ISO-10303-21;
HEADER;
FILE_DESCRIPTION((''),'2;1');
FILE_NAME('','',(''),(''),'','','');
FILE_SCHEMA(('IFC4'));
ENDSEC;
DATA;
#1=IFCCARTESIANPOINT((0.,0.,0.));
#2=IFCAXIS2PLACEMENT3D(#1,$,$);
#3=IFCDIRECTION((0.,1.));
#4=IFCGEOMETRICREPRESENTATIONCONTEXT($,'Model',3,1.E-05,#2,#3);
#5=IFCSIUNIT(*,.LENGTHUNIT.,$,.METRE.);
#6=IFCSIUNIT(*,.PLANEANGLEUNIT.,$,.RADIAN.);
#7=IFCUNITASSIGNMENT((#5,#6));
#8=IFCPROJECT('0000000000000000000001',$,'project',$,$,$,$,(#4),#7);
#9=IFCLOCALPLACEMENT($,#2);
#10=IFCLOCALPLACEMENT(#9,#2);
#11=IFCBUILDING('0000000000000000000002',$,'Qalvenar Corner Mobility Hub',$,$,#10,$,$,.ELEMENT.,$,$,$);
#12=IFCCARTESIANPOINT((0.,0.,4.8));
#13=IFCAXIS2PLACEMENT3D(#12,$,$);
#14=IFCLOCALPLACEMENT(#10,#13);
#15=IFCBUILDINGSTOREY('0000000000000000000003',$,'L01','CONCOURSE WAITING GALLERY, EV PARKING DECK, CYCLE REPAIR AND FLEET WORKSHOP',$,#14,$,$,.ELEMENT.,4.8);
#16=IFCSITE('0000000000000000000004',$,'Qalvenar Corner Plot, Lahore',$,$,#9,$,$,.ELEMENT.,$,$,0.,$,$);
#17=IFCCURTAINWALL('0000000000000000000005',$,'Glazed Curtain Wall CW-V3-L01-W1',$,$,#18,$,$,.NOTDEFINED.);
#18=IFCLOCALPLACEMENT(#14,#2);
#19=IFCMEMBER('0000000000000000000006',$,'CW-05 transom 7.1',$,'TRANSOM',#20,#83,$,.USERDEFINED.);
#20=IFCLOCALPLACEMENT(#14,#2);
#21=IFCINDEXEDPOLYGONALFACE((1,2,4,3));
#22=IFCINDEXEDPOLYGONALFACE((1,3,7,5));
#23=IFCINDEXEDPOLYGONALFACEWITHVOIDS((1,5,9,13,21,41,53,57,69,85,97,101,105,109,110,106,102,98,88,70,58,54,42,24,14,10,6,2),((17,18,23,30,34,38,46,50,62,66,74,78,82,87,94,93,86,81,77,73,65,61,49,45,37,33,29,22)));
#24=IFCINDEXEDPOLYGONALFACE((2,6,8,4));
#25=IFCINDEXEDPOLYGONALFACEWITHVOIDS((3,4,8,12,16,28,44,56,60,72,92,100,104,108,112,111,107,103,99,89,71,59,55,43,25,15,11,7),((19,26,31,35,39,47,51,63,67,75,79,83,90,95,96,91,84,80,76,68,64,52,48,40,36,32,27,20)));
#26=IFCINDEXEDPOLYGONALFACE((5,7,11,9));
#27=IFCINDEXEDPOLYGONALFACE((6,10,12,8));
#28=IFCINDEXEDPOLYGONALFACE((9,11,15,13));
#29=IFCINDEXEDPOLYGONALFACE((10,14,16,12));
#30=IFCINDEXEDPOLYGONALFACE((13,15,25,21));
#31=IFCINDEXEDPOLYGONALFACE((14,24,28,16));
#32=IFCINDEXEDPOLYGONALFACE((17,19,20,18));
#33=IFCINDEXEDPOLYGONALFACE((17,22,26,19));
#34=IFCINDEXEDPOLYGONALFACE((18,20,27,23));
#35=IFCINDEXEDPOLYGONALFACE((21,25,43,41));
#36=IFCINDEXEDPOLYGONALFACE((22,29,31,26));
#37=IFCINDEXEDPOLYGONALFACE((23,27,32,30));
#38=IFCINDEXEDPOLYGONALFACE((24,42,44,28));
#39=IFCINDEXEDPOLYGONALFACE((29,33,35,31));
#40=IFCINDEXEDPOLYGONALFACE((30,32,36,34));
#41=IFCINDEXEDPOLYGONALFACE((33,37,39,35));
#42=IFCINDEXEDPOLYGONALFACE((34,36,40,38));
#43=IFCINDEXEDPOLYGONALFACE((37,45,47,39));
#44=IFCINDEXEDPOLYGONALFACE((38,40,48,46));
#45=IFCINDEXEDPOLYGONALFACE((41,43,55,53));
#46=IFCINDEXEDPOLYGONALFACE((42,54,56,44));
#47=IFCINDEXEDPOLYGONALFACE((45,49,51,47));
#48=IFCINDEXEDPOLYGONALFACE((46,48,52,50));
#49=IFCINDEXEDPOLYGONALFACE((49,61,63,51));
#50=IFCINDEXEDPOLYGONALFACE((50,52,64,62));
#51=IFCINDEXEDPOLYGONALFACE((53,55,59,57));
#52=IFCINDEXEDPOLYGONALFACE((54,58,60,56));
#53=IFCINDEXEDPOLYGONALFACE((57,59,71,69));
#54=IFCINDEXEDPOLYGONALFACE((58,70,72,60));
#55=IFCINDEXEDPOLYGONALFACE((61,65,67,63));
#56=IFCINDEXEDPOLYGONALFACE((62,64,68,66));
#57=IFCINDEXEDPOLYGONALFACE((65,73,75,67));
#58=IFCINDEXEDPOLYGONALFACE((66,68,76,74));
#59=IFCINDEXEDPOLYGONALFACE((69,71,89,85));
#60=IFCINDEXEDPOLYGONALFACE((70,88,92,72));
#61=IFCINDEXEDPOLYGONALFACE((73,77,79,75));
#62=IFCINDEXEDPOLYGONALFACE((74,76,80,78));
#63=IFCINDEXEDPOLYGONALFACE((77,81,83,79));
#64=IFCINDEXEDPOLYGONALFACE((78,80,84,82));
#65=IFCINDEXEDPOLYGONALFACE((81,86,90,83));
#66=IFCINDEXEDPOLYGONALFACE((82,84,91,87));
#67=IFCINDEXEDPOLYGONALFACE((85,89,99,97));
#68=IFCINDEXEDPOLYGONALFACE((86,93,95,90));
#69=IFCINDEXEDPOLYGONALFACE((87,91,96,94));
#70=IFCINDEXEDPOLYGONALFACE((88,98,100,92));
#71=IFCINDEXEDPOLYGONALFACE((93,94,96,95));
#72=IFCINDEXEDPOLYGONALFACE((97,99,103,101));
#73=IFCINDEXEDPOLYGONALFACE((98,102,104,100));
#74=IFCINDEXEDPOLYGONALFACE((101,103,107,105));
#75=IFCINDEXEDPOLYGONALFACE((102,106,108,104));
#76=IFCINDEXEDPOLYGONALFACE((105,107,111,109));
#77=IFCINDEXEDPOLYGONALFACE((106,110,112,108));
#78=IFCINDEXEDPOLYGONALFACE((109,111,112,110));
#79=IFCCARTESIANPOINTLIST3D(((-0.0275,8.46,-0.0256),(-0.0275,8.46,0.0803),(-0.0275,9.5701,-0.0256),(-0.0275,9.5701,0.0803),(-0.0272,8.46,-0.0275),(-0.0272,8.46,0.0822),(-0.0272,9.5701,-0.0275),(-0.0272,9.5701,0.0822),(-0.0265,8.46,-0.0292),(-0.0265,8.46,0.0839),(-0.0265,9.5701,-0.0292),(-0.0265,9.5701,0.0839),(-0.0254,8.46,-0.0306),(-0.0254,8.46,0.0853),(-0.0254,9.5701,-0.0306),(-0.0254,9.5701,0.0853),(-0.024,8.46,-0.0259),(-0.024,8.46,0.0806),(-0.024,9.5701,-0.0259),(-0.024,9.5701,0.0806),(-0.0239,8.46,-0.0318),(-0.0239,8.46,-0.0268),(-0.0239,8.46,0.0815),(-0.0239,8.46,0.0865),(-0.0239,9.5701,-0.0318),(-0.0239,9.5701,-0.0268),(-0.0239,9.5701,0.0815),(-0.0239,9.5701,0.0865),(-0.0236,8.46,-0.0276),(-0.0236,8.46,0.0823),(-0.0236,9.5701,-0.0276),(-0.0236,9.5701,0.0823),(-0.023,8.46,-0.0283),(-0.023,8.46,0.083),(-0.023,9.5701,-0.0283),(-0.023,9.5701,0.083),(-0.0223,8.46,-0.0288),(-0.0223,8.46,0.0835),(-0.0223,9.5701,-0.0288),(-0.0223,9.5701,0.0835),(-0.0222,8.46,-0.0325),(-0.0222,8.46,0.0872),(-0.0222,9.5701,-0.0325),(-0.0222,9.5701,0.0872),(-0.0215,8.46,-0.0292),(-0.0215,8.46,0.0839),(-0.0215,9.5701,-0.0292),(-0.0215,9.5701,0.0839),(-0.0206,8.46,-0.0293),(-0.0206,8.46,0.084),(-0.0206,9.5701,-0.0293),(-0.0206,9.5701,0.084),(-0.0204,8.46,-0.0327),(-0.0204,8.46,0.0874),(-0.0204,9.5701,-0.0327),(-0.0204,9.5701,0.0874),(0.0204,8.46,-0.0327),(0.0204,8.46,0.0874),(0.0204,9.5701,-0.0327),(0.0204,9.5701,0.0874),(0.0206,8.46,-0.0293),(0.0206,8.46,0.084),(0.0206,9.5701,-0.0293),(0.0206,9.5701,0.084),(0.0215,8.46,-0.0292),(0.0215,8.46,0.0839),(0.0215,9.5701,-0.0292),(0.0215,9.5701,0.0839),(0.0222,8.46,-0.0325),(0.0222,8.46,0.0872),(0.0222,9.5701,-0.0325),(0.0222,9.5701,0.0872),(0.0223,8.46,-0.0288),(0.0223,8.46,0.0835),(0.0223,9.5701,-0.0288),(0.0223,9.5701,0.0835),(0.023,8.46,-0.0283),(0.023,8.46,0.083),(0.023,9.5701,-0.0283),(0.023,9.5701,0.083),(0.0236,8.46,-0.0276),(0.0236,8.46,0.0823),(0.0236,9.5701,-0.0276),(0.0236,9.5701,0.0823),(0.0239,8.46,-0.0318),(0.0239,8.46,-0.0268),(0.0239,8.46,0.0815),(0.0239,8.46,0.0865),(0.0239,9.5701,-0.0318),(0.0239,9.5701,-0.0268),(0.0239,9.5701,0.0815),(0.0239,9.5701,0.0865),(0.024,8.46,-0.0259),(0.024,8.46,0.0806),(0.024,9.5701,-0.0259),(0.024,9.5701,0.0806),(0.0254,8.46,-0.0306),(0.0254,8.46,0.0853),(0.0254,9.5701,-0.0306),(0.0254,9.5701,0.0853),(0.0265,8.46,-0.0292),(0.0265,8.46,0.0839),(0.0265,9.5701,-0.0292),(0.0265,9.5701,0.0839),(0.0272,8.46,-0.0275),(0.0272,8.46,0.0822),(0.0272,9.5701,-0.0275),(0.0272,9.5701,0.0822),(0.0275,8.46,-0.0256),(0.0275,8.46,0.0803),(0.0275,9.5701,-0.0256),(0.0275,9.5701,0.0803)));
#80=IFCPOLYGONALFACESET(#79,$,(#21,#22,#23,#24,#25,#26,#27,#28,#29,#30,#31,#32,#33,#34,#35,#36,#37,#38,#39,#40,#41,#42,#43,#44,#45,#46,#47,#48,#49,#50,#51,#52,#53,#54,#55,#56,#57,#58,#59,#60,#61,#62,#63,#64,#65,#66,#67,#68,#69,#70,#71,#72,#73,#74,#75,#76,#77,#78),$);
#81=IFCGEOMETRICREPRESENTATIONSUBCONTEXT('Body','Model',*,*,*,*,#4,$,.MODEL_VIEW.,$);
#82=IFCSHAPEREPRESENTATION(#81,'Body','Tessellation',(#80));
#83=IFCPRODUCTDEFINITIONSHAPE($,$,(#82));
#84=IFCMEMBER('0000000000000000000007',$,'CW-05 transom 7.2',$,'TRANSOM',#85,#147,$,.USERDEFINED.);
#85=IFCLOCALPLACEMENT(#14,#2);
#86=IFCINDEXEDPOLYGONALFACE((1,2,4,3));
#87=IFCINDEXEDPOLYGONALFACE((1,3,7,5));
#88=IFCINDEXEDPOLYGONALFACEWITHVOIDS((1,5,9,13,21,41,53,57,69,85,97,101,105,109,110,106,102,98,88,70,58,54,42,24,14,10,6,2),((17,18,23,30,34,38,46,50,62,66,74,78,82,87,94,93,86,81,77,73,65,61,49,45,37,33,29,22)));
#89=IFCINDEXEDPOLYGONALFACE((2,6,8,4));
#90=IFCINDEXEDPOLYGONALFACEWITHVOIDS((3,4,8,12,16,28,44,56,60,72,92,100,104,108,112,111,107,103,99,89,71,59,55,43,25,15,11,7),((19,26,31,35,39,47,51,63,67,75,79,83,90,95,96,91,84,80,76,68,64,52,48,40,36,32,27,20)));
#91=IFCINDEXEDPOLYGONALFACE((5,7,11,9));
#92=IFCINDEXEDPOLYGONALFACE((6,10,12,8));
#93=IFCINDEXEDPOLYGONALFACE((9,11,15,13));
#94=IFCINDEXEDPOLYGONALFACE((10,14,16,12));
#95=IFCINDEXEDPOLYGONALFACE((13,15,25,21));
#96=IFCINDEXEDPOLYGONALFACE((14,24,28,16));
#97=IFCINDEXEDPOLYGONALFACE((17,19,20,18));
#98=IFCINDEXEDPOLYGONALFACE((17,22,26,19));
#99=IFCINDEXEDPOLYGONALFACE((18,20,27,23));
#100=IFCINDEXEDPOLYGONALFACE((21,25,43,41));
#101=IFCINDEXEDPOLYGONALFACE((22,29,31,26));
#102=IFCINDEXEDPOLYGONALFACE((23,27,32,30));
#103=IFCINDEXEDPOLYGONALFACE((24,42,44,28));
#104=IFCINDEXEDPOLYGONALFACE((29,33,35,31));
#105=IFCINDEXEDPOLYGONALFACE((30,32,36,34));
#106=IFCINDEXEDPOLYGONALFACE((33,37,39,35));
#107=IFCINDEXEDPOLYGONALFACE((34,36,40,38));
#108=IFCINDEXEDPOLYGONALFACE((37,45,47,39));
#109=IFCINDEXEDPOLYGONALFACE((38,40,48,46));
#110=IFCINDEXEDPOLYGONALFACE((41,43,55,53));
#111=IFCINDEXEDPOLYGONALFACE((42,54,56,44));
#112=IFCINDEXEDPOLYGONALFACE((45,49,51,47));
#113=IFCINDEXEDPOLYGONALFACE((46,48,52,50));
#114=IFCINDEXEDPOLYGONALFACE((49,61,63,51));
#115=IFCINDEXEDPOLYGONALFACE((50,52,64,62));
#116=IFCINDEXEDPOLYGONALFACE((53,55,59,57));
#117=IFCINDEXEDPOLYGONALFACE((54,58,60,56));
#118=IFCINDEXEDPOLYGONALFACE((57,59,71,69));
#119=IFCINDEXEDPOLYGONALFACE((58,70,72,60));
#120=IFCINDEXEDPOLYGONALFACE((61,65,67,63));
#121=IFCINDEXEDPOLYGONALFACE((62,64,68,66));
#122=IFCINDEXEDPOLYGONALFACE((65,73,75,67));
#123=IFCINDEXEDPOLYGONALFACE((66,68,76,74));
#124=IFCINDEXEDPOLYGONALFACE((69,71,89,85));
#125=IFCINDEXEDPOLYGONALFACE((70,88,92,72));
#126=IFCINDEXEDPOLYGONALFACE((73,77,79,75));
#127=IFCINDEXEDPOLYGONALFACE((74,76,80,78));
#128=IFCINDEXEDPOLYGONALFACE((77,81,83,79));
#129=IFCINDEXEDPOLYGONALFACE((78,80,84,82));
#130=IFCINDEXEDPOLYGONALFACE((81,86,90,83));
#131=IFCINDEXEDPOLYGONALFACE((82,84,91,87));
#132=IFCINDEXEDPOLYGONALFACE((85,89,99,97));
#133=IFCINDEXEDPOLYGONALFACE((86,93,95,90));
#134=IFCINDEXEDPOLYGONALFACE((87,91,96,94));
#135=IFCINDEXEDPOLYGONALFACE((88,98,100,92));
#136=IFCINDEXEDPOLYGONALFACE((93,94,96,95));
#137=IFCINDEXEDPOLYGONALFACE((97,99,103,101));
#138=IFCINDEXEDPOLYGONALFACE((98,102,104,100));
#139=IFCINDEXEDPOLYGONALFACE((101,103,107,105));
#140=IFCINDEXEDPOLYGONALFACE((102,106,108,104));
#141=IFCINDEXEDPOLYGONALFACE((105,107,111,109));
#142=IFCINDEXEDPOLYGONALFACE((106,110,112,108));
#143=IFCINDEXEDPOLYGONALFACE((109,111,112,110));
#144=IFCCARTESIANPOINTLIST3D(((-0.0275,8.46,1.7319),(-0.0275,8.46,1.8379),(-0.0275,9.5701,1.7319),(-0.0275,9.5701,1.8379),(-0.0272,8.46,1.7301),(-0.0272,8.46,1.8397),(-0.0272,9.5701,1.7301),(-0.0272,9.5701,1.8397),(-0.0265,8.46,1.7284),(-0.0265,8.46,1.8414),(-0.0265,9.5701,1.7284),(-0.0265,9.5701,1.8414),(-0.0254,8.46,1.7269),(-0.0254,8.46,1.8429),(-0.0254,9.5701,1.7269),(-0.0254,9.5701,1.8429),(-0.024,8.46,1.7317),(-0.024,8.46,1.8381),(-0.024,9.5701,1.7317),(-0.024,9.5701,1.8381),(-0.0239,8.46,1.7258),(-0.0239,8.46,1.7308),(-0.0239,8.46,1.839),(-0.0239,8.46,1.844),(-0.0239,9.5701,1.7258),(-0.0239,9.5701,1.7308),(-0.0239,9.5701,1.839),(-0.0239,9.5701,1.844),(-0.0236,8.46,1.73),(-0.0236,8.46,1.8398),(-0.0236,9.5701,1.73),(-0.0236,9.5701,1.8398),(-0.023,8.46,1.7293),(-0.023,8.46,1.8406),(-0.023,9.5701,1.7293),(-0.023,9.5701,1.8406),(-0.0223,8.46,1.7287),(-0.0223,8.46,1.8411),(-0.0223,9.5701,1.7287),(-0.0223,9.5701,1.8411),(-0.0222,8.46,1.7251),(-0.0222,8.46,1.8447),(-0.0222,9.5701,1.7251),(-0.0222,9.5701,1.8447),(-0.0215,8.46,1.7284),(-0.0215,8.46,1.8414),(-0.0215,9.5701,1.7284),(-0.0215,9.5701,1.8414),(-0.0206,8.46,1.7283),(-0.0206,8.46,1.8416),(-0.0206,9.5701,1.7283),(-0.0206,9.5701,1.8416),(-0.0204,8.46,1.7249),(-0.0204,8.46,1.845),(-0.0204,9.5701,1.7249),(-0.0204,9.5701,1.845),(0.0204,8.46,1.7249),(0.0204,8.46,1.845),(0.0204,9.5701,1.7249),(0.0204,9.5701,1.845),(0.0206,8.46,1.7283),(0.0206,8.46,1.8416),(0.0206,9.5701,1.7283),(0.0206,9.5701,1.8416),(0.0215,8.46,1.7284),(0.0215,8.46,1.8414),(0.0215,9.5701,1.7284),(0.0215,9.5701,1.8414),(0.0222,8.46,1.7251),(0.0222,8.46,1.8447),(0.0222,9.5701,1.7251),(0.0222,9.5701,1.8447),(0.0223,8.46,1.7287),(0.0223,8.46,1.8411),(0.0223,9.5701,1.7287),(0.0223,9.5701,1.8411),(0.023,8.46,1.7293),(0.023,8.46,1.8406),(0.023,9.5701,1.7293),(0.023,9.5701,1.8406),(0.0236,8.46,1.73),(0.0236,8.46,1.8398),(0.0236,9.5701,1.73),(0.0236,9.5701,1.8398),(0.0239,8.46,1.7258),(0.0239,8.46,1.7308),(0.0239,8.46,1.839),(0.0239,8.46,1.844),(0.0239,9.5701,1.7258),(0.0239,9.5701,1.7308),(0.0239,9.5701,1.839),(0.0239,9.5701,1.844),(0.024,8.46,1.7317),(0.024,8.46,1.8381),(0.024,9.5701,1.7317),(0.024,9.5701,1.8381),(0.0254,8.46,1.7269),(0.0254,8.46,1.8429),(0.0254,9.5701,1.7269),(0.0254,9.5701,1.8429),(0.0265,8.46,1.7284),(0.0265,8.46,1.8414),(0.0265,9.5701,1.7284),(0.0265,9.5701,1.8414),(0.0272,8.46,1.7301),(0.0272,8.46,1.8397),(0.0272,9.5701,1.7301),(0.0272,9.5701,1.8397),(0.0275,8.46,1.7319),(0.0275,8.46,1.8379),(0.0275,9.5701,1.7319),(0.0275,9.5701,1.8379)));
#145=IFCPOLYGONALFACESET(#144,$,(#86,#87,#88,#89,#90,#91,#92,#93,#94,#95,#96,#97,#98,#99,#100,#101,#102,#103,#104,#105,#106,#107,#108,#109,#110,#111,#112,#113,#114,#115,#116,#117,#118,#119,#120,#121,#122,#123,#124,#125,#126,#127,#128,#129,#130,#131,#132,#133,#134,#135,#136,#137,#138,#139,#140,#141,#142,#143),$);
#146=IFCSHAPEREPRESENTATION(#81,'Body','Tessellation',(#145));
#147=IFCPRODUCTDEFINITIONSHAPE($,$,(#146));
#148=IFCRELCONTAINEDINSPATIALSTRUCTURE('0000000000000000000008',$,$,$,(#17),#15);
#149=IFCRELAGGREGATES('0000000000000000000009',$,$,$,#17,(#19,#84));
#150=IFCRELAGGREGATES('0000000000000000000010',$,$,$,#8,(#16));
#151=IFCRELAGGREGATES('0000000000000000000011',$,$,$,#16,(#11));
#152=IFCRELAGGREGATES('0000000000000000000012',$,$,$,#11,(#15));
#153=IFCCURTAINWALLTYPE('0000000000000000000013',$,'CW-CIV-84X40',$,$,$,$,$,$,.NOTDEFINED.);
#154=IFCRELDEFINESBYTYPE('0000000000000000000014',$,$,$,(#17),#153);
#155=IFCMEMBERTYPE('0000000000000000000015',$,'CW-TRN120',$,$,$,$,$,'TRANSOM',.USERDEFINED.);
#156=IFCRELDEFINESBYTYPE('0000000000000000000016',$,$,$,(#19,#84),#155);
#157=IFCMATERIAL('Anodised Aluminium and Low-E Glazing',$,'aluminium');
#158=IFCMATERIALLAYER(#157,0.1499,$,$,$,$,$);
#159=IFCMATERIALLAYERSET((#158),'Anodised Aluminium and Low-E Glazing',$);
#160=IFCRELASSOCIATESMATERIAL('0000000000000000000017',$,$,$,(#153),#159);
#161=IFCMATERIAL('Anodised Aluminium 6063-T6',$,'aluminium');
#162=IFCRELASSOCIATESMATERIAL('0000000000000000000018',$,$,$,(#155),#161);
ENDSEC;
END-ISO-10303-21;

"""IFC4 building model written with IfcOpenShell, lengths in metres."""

from ifc_helpers import new_model, si_unit, direction, frame, origin, origin_2d, place, context, subcontext, project, spatial, hollow_rectangle, extrude, material, layer, layer_set, material_profile, profile_set, type_object, element, aggregate, save


model = new_model("IFC4")

# Units and contexts
model_context = context("Model", 3, precision=1e-05, world=origin(), true_north=direction((0.0, 1.0)))
body_context = subcontext(model_context, "Body", "Model", "MODEL_VIEW")
ifc_project = project(units=[si_unit("LENGTHUNIT", "METRE"), si_unit("PLANEANGLEUNIT", "RADIAN")], contexts=[model_context])

# Site, building, storey
site_placement = place(None, origin())
site = spatial("IfcSite", under=ifc_project, at=site_placement, Name="Qalvenar Corner Plot, Lahore", CompositionType="ELEMENT", RefElevation=0.0)
building_placement = place(site_placement, origin())
building = spatial("IfcBuilding", under=site, at=building_placement, Name="Qalvenar Corner Mobility Hub", CompositionType="ELEMENT")
storey_placement = place(building_placement, frame((0.0, 0.0, 4.8)))
storey = spatial("IfcBuildingStorey", under=building, at=storey_placement, Name="L01", Description="CONCOURSE WAITING GALLERY, EV PARKING DECK, CYCLE REPAIR AND FLEET WORKSHOP", CompositionType="ELEMENT", Elevation=4.8)

# Curtain wall, members
ifc_material_1 = material(Name="Anodised Aluminium and Low-E Glazing", Category="aluminium")
ifc_layer_1 = layer(ifc_material_1, 0.1499)
ifc_layer_set_1 = layer_set([ifc_layer_1], Name="Anodised Aluminium and Low-E Glazing")
curtain_wall_type = type_object("IfcCurtainWallType", Name="CW-CIV-84X40", PredefinedType="NOTDEFINED", material=ifc_layer_set_1)
curtain_wall_placement = place(storey_placement, origin())
curtain_wall = element("IfcCurtainWall", 1, at=curtain_wall_placement, inside=storey, type_object=curtain_wall_type, Name="Glazed Curtain Wall CW-V3-L01-W1", PredefinedType="NOTDEFINED")
ifc_material_2 = material(Name="Anodised Aluminium 6063-T6", Category="aluminium")
ifc_material_profile_1 = material_profile(ifc_material_2, hollow_rectangle(XDim=0.0549, YDim=0.1201, WallThickness=0.0034, InnerFilletRadius=0.0034, OuterFilletRadius=0.0071, at=origin_2d()), Name="RHS120x55x3.5")
ifc_profile_set_1 = profile_set([ifc_material_profile_1], Name="Anodised Aluminium 6063-T6")
member_type_1 = type_object("IfcMemberType", Name="CW-TRN120", ElementType="TRANSOM", PredefinedType="USERDEFINED", material=ifc_profile_set_1)
member_1_placement = place(storey_placement, frame((0.0, 9.5701, 0.0273), z_axis=(0.0, -1.0, 0.0), x_axis=(1.0, 0.0, 0.0)))
member_1 = element("IfcMember", 2, at=member_1_placement, type_object=member_type_1, Name="CW-05 transom 7.1", ObjectType="TRANSOM", PredefinedType="USERDEFINED", context=body_context, shape_type="SweptSolid", body=[
    extrude(hollow_rectangle(XDim=0.0549, YDim=0.1201, WallThickness=0.0034, InnerFilletRadius=0.0034, OuterFilletRadius=0.0071, at=origin_2d()), origin(), (0.0, 0.0, 1.0), 1.1101),
])
member_2_placement = place(storey_placement, frame((0.0, 9.5701, 1.7849), z_axis=(0.0, -1.0, 0.0), x_axis=(1.0, 0.0, 0.0)))
member_2 = element("IfcMember", 3, at=member_2_placement, type_object=member_type_1, Name="CW-05 transom 7.2", ObjectType="TRANSOM", PredefinedType="USERDEFINED", context=body_context, shape_type="SweptSolid", body=[
    extrude(hollow_rectangle(XDim=0.0549, YDim=0.1201, WallThickness=0.0034, InnerFilletRadius=0.0034, OuterFilletRadius=0.0071, at=origin_2d()), origin(), (0.0, 0.0, 1.0), 1.1101),
])
aggregate(curtain_wall, [member_1, member_2])

save(model, "model.ifc")
